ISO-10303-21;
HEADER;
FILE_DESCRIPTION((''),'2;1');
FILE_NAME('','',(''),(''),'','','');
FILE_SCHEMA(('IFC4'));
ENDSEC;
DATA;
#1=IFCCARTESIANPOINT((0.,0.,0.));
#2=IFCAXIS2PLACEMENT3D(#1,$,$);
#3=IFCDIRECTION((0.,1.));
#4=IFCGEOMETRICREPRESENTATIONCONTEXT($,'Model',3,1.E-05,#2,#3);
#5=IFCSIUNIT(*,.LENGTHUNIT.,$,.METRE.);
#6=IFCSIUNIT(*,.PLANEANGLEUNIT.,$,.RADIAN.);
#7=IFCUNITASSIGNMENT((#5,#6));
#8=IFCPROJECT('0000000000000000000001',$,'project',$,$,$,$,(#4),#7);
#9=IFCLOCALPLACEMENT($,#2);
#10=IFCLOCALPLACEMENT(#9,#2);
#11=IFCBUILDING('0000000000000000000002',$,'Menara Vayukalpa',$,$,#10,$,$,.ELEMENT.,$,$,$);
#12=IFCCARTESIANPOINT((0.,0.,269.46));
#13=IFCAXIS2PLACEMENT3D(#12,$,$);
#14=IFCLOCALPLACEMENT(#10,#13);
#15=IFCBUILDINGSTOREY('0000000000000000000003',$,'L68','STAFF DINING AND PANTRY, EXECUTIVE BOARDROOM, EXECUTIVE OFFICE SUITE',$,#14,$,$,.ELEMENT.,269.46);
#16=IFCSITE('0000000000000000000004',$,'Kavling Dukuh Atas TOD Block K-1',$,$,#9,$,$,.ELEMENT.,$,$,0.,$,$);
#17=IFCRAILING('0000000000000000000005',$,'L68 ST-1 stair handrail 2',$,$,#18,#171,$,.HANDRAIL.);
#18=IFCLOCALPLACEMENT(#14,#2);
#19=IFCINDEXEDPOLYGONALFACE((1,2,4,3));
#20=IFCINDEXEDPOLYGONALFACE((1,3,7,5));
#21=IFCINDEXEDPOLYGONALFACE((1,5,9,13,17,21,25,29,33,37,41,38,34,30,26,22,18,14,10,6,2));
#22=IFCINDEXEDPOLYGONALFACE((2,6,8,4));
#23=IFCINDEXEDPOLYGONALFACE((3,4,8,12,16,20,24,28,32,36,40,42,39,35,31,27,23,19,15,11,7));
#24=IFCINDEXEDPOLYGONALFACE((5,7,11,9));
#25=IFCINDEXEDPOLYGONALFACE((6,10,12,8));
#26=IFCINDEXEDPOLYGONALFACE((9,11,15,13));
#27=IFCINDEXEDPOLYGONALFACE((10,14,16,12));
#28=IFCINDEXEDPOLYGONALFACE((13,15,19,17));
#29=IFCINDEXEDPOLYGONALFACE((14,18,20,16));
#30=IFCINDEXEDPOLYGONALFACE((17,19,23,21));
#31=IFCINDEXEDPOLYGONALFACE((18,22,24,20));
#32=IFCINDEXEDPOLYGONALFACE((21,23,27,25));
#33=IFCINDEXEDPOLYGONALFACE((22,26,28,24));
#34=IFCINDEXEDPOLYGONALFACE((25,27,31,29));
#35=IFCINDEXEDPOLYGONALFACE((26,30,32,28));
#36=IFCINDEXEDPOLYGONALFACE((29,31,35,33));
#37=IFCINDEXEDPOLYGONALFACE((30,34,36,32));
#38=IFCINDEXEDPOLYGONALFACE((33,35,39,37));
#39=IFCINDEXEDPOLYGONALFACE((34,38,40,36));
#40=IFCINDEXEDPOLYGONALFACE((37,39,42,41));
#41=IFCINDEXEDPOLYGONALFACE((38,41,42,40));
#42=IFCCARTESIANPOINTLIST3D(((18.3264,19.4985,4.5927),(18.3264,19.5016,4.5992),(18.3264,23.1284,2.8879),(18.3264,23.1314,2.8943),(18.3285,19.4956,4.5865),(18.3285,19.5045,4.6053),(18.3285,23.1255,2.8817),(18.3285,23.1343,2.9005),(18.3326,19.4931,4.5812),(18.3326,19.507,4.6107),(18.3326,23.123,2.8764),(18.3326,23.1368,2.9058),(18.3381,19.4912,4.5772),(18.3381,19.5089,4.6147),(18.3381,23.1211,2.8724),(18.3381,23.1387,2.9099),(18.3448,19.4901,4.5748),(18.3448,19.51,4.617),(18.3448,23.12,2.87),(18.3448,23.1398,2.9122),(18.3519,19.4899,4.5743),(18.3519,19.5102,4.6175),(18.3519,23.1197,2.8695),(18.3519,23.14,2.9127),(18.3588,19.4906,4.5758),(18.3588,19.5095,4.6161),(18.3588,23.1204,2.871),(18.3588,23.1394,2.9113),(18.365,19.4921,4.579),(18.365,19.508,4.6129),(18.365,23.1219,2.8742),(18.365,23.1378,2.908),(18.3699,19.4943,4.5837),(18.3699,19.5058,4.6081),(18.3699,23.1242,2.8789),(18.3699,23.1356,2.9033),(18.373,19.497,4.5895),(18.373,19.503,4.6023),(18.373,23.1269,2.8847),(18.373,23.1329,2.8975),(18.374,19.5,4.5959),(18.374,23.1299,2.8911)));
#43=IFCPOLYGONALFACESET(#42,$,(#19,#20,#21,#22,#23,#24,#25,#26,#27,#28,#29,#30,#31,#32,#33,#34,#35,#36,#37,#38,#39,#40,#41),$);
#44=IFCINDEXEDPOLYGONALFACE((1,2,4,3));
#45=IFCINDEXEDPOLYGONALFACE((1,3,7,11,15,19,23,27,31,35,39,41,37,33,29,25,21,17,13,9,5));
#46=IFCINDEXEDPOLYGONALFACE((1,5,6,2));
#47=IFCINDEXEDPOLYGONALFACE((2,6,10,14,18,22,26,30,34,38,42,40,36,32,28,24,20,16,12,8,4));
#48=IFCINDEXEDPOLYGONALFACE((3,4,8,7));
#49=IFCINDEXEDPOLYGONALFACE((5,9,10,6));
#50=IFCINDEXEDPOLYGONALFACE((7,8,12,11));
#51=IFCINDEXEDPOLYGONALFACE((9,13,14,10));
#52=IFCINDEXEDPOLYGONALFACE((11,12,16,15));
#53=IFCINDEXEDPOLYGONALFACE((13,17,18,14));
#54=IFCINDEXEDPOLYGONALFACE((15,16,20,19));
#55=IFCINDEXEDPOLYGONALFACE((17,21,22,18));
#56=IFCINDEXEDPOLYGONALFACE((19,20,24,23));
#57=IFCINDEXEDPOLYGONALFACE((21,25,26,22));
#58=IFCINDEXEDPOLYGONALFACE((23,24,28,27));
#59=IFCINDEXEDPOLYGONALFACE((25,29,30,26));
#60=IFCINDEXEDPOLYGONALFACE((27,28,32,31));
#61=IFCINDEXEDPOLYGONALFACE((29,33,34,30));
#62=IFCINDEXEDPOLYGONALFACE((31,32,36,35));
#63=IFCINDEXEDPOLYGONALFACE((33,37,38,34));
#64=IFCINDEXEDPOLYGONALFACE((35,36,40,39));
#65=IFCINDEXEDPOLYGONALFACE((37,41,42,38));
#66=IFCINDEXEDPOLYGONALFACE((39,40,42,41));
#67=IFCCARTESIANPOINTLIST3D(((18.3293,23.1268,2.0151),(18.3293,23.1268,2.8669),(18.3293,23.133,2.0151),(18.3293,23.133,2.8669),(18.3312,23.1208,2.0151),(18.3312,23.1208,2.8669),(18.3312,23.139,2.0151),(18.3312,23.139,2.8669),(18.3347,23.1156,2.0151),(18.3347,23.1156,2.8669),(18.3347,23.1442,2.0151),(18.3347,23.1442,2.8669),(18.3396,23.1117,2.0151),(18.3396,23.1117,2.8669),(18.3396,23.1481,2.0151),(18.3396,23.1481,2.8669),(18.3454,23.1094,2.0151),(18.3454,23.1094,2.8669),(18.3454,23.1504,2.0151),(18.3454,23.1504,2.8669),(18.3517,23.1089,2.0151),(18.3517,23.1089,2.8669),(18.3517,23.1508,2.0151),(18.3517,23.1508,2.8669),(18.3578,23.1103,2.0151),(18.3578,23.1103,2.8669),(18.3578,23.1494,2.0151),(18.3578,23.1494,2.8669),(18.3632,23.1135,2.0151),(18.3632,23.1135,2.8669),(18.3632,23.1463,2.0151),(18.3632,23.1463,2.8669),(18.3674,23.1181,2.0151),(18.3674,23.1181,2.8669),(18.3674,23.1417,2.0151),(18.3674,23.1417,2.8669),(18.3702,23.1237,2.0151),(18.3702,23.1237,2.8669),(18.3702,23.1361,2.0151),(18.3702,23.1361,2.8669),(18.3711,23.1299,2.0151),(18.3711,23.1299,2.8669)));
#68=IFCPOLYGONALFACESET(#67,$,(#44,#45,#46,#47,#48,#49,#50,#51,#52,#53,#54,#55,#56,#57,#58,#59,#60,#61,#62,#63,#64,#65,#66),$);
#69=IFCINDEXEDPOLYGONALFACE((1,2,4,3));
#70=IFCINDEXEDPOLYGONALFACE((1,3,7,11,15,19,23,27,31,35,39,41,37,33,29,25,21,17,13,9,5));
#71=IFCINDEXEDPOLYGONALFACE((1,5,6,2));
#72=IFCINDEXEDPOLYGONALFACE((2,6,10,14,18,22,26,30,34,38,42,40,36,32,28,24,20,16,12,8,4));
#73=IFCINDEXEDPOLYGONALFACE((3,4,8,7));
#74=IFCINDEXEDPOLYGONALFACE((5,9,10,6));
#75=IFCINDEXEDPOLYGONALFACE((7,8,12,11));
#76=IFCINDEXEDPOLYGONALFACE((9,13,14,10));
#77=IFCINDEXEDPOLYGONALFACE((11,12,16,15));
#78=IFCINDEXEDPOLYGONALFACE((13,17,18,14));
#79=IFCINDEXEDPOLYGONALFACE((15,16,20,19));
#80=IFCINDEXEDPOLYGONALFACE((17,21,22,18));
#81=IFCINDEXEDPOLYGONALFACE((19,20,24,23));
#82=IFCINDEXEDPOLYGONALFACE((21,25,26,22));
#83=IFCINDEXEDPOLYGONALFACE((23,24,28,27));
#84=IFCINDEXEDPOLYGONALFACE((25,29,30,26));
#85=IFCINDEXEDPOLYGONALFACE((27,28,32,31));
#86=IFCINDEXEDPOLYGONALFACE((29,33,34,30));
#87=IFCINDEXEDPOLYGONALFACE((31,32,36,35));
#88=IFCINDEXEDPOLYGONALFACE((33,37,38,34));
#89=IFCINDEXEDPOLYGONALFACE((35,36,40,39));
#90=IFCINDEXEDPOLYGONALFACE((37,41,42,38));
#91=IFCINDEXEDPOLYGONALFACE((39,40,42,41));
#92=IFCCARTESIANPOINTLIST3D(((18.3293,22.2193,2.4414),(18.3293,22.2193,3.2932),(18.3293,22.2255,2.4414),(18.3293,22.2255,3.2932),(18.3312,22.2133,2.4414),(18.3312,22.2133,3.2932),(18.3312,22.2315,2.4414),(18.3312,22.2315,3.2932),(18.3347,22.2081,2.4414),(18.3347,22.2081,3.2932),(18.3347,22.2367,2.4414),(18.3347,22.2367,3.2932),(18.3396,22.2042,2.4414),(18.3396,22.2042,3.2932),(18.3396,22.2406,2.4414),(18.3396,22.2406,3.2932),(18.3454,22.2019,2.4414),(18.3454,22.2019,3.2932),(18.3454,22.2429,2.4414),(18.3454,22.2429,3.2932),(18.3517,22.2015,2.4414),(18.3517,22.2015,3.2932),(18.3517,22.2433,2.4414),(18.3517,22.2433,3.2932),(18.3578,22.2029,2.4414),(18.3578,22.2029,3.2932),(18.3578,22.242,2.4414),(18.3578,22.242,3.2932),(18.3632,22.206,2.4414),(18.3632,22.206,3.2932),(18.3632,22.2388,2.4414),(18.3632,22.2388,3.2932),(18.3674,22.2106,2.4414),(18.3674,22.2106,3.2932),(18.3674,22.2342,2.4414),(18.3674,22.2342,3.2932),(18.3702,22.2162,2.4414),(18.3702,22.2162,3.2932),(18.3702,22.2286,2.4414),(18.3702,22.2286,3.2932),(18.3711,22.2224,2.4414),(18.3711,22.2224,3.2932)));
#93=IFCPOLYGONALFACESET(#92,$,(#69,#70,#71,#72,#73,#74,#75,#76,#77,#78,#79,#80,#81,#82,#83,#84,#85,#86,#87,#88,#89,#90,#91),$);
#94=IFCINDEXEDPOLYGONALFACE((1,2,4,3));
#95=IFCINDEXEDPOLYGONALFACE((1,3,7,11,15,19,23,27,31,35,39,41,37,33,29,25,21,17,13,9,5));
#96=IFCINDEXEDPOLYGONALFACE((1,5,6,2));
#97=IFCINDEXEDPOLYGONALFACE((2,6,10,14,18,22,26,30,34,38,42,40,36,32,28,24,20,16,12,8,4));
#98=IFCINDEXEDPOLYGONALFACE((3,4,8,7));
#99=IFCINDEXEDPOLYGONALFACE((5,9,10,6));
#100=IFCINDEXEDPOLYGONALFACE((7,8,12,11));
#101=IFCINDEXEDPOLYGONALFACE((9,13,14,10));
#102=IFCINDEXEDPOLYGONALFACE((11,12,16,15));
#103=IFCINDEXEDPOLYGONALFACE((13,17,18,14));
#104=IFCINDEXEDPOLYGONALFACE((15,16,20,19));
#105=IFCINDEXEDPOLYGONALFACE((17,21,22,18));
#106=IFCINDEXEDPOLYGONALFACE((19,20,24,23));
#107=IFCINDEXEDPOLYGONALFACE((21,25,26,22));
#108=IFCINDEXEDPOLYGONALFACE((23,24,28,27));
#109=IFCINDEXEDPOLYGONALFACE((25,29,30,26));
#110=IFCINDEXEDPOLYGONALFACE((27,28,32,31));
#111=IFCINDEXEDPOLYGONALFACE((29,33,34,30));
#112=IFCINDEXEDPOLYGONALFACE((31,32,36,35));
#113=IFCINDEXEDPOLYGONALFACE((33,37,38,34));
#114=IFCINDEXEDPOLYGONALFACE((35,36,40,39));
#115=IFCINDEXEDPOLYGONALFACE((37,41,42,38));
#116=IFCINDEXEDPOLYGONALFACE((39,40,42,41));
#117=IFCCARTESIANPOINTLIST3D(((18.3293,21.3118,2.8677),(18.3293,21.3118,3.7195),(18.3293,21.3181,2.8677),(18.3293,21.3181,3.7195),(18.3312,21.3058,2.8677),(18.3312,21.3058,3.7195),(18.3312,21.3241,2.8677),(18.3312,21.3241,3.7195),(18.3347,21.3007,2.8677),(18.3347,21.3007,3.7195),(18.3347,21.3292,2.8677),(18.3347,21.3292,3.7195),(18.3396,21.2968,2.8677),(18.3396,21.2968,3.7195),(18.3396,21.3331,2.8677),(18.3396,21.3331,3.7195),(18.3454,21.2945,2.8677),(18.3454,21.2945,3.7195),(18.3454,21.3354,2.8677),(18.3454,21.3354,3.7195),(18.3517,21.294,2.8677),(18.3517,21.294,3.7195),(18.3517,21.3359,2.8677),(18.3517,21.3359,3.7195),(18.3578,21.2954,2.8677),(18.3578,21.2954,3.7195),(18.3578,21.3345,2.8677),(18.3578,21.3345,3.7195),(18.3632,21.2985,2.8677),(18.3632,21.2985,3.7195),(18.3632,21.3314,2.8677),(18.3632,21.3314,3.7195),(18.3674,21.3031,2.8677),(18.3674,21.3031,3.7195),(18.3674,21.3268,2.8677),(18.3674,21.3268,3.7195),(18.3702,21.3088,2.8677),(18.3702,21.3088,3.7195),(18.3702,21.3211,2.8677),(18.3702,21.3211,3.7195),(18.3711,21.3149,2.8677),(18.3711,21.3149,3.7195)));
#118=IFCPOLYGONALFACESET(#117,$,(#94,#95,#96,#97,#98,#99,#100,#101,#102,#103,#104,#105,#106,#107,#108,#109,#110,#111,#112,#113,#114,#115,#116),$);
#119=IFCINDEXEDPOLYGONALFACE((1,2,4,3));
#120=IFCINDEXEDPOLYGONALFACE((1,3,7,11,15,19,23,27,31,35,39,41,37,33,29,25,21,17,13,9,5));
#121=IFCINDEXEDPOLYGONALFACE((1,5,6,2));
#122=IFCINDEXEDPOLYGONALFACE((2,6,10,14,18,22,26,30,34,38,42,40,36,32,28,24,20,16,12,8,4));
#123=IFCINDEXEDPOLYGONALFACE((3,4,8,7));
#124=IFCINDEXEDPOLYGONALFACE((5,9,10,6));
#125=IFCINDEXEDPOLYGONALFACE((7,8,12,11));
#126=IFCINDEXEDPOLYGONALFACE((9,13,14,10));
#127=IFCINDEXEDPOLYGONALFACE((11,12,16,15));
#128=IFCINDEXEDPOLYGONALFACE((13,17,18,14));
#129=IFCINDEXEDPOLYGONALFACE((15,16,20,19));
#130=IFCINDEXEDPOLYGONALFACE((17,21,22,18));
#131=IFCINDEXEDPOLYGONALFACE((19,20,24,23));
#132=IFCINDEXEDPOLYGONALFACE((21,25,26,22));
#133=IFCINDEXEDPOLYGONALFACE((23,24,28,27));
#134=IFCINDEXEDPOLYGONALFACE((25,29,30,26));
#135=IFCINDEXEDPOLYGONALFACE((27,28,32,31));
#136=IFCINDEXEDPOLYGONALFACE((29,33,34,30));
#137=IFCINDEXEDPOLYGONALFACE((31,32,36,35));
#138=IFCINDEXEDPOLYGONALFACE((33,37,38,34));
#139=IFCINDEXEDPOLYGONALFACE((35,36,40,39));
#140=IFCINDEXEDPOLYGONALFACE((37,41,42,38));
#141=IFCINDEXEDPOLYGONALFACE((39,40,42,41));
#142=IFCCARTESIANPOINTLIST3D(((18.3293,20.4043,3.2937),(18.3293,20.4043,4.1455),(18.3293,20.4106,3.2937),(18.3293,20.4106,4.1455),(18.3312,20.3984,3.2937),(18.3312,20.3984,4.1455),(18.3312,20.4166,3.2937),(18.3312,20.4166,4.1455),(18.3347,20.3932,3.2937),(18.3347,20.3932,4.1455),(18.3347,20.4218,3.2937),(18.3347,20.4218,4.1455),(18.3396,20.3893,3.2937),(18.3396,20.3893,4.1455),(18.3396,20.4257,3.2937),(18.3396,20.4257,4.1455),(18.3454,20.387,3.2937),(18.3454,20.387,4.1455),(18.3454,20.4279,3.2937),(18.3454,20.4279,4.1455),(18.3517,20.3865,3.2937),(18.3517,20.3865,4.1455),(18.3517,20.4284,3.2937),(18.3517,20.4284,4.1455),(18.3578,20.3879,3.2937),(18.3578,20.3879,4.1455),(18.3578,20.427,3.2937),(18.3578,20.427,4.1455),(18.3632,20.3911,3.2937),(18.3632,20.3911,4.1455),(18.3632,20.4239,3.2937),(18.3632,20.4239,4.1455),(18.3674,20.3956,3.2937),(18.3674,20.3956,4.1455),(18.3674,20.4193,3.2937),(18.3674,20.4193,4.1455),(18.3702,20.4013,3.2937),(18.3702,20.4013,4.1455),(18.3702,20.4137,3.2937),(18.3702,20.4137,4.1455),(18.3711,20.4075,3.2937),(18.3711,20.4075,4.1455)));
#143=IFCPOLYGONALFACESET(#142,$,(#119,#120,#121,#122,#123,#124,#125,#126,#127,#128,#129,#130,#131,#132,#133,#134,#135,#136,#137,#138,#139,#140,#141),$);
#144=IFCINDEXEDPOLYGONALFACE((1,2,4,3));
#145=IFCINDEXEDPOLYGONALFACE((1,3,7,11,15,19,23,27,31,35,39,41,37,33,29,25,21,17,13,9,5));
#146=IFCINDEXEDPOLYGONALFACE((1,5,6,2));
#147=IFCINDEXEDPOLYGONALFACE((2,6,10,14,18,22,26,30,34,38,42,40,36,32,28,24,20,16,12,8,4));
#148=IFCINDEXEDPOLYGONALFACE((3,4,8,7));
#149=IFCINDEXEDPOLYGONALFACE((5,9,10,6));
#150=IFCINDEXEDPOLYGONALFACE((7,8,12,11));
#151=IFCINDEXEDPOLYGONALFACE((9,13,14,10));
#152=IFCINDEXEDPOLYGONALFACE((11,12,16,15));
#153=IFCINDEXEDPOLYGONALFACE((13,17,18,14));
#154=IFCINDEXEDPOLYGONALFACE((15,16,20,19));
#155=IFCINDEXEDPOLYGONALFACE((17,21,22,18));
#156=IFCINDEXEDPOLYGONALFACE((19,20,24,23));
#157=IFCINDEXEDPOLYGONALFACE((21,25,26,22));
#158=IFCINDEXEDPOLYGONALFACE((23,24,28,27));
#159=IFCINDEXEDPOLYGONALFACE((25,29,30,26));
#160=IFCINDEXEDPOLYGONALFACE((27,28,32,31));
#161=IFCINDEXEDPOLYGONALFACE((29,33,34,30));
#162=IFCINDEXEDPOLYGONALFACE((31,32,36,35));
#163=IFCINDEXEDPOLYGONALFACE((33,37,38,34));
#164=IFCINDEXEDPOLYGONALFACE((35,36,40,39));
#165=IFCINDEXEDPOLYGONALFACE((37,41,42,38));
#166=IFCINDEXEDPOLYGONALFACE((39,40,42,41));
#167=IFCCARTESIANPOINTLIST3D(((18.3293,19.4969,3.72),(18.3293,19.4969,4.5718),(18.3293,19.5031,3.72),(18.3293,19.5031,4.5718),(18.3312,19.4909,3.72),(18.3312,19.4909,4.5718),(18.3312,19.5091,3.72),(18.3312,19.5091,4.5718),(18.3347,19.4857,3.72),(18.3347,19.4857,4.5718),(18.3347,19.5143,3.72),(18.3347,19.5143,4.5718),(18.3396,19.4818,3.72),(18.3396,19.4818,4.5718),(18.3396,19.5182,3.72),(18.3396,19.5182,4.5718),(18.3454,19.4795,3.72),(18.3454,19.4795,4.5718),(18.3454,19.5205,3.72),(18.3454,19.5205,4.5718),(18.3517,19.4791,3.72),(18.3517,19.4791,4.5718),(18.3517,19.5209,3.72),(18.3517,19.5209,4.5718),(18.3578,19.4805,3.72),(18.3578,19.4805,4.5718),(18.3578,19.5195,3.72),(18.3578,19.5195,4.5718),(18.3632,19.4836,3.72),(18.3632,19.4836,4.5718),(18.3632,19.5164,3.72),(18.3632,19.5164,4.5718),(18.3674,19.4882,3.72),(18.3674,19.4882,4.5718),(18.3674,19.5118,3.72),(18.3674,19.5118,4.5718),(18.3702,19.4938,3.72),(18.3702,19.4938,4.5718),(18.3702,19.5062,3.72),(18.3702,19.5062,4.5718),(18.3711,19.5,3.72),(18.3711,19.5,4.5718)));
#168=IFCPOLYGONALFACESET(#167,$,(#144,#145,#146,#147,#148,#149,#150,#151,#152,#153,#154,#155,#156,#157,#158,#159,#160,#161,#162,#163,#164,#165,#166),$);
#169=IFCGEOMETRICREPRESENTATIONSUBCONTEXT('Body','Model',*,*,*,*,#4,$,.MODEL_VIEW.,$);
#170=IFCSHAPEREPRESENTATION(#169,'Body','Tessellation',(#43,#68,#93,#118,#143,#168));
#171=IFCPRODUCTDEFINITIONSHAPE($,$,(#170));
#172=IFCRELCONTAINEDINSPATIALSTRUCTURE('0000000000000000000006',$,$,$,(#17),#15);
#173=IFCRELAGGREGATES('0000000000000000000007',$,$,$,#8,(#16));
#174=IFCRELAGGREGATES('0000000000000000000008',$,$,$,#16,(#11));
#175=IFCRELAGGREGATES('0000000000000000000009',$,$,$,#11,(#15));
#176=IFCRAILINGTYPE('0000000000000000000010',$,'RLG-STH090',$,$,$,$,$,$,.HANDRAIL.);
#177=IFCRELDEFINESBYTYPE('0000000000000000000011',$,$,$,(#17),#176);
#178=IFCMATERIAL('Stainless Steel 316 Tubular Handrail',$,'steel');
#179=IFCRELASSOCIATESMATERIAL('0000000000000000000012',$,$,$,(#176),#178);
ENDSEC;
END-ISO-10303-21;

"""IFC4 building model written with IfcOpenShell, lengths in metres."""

from ifc_helpers import new_model, si_unit, direction, frame, origin, origin_2d, place, context, subcontext, project, spatial, circle, extrude, material, type_object, element, save


model = new_model("IFC4")

# Units and contexts
model_context = context("Model", 3, precision=1e-05, world=origin(), true_north=direction((0.0, 1.0)))
body_context = subcontext(model_context, "Body", "Model", "MODEL_VIEW")
ifc_project = project(units=[si_unit("LENGTHUNIT", "METRE"), si_unit("PLANEANGLEUNIT", "RADIAN")], contexts=[model_context])

# Site, building, storey
site_placement = place(None, origin())
site = spatial("IfcSite", under=ifc_project, at=site_placement, Name="Kavling Dukuh Atas TOD Block K-1", CompositionType="ELEMENT", RefElevation=0.0)
building_placement = place(site_placement, origin())
building = spatial("IfcBuilding", under=site, at=building_placement, Name="Menara Vayukalpa", CompositionType="ELEMENT")
storey_placement = place(building_placement, frame((0.0, 0.0, 269.46)))
storey = spatial("IfcBuildingStorey", under=building, at=storey_placement, Name="L68", Description="STAFF DINING AND PANTRY, EXECUTIVE BOARDROOM, EXECUTIVE OFFICE SUITE", CompositionType="ELEMENT", Elevation=269.46)

# Railing
ifc_material_1 = material(Name="Stainless Steel 316 Tubular Handrail", Category="steel")
railing_type_1 = type_object("IfcRailingType", Name="RLG-STH090", PredefinedType="HANDRAIL", material=ifc_material_1)
railing_1_placement = place(storey_placement, frame((18.3501, 23.1299, 2.0151)))
element("IfcRailing", 1, at=railing_1_placement, inside=storey, type_object=railing_type_1, Name="L68 ST-1 stair handrail 2", PredefinedType="HANDRAIL", context=body_context, shape_type="SweptSolid", body=[
    extrude(circle(Radius=0.0239, at=origin_2d()), frame((0.0, 0.0, 0.876), z_axis=(0.0, -0.90514, 0.425114), x_axis=(1.0, 0.0, 0.0)), (0.0, 0.0, 1.0), 4.0103),
    extrude(circle(Radius=0.021, at=origin_2d()), origin(), (0.0, 0.0, 1.0), 0.8518),
    extrude(circle(Radius=0.021, at=origin_2d()), frame((0.0, -0.9075, 0.4263)), (0.0, 0.0, 1.0), 0.8518),
    extrude(circle(Radius=0.021, at=origin_2d()), frame((0.0, -1.8149, 0.8525)), (0.0, 0.0, 1.0), 0.8518),
    extrude(circle(Radius=0.021, at=origin_2d()), frame((0.0, -2.7224, 1.2786)), (0.0, 0.0, 1.0), 0.8518),
    extrude(circle(Radius=0.021, at=origin_2d()), frame((0.0, -3.6299, 1.7048)), (0.0, 0.0, 1.0), 0.8518),
])

save(model, "model.ifc")
